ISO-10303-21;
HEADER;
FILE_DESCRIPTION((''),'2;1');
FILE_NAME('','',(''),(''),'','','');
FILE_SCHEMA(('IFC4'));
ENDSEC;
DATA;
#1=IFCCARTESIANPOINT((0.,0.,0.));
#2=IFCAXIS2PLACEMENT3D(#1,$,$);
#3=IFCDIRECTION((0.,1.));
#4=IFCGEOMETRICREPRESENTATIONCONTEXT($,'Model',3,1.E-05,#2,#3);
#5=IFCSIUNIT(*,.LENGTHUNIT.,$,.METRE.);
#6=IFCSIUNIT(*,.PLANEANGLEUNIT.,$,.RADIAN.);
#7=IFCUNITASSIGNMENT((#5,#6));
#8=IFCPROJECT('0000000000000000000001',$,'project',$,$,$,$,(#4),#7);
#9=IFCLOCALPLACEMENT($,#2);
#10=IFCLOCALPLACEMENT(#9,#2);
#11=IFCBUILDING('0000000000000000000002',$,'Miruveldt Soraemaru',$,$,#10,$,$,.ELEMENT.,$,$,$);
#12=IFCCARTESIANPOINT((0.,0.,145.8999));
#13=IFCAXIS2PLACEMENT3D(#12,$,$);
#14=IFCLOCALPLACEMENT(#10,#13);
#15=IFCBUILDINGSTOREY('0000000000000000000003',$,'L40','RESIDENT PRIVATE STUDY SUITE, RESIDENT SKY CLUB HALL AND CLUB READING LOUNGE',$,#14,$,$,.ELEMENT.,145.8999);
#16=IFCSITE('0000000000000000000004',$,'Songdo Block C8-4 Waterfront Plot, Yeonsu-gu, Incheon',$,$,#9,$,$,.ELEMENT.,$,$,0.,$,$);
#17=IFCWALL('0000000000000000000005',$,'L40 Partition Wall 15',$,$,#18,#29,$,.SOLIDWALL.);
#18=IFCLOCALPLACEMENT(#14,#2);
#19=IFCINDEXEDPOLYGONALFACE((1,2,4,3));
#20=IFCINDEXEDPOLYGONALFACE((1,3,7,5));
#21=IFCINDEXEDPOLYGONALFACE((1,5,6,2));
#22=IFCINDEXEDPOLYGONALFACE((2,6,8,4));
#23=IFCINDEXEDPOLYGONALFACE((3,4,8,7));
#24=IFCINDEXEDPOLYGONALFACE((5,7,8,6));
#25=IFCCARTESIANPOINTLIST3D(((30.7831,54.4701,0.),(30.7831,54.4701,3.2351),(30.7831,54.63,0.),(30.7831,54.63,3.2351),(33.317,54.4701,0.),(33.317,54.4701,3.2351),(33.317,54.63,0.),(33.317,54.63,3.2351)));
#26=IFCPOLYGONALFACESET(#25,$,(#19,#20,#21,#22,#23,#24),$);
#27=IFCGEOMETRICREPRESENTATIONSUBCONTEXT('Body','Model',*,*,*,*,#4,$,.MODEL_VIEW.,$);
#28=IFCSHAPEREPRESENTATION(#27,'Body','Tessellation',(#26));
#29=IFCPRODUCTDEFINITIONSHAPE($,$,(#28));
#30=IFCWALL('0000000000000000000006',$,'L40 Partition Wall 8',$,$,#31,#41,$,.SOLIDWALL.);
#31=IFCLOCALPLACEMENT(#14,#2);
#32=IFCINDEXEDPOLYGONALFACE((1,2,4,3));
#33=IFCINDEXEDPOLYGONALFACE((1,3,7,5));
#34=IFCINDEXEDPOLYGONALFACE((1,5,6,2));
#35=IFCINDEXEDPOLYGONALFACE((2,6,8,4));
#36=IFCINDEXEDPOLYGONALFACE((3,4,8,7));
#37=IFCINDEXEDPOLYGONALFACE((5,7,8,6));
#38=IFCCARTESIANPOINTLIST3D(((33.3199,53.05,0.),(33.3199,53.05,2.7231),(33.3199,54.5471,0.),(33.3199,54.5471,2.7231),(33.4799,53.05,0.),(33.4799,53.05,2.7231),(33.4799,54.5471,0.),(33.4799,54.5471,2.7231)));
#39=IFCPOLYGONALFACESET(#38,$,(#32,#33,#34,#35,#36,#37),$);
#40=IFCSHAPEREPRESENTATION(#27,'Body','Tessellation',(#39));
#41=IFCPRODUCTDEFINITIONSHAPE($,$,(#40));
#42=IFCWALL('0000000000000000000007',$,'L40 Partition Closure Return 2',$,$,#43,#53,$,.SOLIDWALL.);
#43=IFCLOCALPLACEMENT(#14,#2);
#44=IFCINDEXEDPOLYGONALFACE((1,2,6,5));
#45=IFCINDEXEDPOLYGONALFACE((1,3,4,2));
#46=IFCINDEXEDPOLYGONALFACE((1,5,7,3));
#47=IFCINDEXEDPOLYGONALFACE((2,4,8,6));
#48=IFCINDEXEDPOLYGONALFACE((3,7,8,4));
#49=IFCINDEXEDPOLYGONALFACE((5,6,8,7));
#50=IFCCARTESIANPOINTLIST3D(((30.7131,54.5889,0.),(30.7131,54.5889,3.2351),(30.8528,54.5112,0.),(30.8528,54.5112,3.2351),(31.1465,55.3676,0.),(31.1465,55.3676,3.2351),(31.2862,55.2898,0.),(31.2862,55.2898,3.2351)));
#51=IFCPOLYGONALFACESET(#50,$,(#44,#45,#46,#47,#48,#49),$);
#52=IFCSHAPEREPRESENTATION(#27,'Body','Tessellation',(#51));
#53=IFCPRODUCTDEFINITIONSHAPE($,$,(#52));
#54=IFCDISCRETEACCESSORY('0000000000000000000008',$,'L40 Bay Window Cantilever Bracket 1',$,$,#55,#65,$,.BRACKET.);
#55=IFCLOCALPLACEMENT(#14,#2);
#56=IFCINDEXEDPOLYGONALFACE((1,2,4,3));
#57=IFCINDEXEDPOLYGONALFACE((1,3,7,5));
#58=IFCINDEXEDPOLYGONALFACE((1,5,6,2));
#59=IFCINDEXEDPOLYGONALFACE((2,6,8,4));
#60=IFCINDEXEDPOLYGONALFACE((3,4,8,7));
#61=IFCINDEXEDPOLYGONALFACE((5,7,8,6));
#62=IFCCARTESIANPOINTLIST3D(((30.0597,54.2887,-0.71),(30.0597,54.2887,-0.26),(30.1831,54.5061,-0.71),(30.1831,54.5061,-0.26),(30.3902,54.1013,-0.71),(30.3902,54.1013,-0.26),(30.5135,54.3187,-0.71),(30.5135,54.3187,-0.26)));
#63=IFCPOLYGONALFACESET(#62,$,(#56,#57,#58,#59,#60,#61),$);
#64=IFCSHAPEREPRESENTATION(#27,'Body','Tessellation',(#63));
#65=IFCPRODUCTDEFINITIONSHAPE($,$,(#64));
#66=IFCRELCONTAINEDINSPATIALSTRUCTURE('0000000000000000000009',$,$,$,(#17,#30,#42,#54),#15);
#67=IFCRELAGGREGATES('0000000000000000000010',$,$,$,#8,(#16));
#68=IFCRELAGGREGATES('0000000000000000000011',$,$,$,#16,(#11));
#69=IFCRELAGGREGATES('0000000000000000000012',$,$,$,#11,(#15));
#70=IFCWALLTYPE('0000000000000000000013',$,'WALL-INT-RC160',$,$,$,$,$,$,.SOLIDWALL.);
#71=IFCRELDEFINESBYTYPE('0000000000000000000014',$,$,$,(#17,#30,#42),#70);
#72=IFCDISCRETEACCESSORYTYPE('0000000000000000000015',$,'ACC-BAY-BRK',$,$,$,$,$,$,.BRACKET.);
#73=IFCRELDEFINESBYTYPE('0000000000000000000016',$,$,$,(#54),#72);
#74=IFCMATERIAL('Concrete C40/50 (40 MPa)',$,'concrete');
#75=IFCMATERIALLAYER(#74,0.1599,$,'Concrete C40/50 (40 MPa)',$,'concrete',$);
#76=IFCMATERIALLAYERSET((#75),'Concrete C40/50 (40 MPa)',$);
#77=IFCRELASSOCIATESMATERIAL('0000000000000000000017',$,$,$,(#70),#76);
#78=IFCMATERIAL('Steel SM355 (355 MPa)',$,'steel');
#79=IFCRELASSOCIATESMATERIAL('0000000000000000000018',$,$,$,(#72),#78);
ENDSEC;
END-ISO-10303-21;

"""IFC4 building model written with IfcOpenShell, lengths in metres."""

from ifc_helpers import new_model, si_unit, direction, frame, frame_2d, origin, origin_2d, place, context, subcontext, project, spatial, rectangle, extrude, material, layer, layer_set, type_object, element, save


model = new_model("IFC4")

# Units and contexts
model_context = context("Model", 3, precision=1e-05, world=origin(), true_north=direction((0.0, 1.0)))
body_context = subcontext(model_context, "Body", "Model", "MODEL_VIEW")
ifc_project = project(units=[si_unit("LENGTHUNIT", "METRE"), si_unit("PLANEANGLEUNIT", "RADIAN")], contexts=[model_context])

# Site, building, storey
site_placement = place(None, origin())
site = spatial("IfcSite", under=ifc_project, at=site_placement, Name="Songdo Block C8-4 Waterfront Plot, Yeonsu-gu, Incheon", CompositionType="ELEMENT", RefElevation=0.0)
building_placement = place(site_placement, origin())
building = spatial("IfcBuilding", under=site, at=building_placement, Name="Miruveldt Soraemaru", CompositionType="ELEMENT")
storey_placement = place(building_placement, frame((0.0, 0.0, 145.8999)))
storey = spatial("IfcBuildingStorey", under=building, at=storey_placement, Name="L40", Description="RESIDENT PRIVATE STUDY SUITE, RESIDENT SKY CLUB HALL AND CLUB READING LOUNGE", CompositionType="ELEMENT", Elevation=145.8999)

# Shared definitions
ifc_material_1 = material(Name="Concrete C40/50 (40 MPa)", Category="concrete")
ifc_layer_1 = layer(ifc_material_1, 0.1599, Name="Concrete C40/50 (40 MPa)", Category="concrete")
ifc_layer_set_1 = layer_set([ifc_layer_1], Name="Concrete C40/50 (40 MPa)")
wall_type_1 = type_object("IfcWallType", Name="WALL-INT-RC160", PredefinedType="SOLIDWALL", material=ifc_layer_set_1)

# Walls
wall_1_placement = place(storey_placement, frame((30.783, 54.55, 0.0), z_axis=(0.0, 0.0, 1.0), x_axis=(1.0, 0.0, 0.0)))
element("IfcWall", 1, at=wall_1_placement, inside=storey, type_object=wall_type_1, Name="L40 Partition Wall 15", PredefinedType="SOLIDWALL", context=body_context, shape_type="SweptSolid", body=[
    extrude(rectangle(XDim=2.5339, YDim=0.1599, at=frame_2d((1.2671, 0.0))), origin(), (0.0, 0.0, 1.0), 3.2351),
])
wall_2_placement = place(storey_placement, frame((33.3999, 54.5471, 0.0), z_axis=(0.0, 0.0, 1.0), x_axis=(0.0, -1.0, 0.0)))
element("IfcWall", 2, at=wall_2_placement, inside=storey, type_object=wall_type_1, Name="L40 Partition Wall 8", PredefinedType="SOLIDWALL", context=body_context, shape_type="SweptSolid", body=[
    extrude(rectangle(XDim=1.4971, YDim=0.1599, at=frame_2d((0.7485, 0.0))), origin(), (0.0, 0.0, 1.0), 2.7231),
])
wall_3_placement = place(storey_placement, frame((30.783, 54.55, 0.0), z_axis=(0.0, 0.0, 1.0), x_axis=(0.486341, 0.873769, 0.0)))
element("IfcWall", 3, at=wall_3_placement, inside=storey, type_object=wall_type_1, Name="L40 Partition Closure Return 2", PredefinedType="SOLIDWALL", context=body_context, shape_type="SweptSolid", body=[
    extrude(rectangle(XDim=0.8911, YDim=0.1599, at=frame_2d((0.4456, 0.0))), origin(), (0.0, 0.0, 1.0), 3.2351),
])

# Discrete accessory
ifc_material_2 = material(Name="Steel SM355 (355 MPa)", Category="steel")
discrete_accessory_type = type_object("IfcDiscreteAccessoryType", Name="ACC-BAY-BRK", PredefinedType="BRACKET", material=ifc_material_2)
discrete_accessory_placement = place(storey_placement, frame((30.2866, 54.3037, -0.71), z_axis=(0.0, 0.0, 1.0), x_axis=(-0.869831, 0.49335, 0.0)))
element("IfcDiscreteAccessory", 4, at=discrete_accessory_placement, inside=storey, type_object=discrete_accessory_type, Name="L40 Bay Window Cantilever Bracket 1", PredefinedType="BRACKET", context=body_context, shape_type="SweptSolid", body=[
    extrude(rectangle(XDim=0.3799, YDim=0.25, at=origin_2d()), origin(), (0.0, 0.0, 1.0), 0.45),
])

save(model, "model.ifc")
